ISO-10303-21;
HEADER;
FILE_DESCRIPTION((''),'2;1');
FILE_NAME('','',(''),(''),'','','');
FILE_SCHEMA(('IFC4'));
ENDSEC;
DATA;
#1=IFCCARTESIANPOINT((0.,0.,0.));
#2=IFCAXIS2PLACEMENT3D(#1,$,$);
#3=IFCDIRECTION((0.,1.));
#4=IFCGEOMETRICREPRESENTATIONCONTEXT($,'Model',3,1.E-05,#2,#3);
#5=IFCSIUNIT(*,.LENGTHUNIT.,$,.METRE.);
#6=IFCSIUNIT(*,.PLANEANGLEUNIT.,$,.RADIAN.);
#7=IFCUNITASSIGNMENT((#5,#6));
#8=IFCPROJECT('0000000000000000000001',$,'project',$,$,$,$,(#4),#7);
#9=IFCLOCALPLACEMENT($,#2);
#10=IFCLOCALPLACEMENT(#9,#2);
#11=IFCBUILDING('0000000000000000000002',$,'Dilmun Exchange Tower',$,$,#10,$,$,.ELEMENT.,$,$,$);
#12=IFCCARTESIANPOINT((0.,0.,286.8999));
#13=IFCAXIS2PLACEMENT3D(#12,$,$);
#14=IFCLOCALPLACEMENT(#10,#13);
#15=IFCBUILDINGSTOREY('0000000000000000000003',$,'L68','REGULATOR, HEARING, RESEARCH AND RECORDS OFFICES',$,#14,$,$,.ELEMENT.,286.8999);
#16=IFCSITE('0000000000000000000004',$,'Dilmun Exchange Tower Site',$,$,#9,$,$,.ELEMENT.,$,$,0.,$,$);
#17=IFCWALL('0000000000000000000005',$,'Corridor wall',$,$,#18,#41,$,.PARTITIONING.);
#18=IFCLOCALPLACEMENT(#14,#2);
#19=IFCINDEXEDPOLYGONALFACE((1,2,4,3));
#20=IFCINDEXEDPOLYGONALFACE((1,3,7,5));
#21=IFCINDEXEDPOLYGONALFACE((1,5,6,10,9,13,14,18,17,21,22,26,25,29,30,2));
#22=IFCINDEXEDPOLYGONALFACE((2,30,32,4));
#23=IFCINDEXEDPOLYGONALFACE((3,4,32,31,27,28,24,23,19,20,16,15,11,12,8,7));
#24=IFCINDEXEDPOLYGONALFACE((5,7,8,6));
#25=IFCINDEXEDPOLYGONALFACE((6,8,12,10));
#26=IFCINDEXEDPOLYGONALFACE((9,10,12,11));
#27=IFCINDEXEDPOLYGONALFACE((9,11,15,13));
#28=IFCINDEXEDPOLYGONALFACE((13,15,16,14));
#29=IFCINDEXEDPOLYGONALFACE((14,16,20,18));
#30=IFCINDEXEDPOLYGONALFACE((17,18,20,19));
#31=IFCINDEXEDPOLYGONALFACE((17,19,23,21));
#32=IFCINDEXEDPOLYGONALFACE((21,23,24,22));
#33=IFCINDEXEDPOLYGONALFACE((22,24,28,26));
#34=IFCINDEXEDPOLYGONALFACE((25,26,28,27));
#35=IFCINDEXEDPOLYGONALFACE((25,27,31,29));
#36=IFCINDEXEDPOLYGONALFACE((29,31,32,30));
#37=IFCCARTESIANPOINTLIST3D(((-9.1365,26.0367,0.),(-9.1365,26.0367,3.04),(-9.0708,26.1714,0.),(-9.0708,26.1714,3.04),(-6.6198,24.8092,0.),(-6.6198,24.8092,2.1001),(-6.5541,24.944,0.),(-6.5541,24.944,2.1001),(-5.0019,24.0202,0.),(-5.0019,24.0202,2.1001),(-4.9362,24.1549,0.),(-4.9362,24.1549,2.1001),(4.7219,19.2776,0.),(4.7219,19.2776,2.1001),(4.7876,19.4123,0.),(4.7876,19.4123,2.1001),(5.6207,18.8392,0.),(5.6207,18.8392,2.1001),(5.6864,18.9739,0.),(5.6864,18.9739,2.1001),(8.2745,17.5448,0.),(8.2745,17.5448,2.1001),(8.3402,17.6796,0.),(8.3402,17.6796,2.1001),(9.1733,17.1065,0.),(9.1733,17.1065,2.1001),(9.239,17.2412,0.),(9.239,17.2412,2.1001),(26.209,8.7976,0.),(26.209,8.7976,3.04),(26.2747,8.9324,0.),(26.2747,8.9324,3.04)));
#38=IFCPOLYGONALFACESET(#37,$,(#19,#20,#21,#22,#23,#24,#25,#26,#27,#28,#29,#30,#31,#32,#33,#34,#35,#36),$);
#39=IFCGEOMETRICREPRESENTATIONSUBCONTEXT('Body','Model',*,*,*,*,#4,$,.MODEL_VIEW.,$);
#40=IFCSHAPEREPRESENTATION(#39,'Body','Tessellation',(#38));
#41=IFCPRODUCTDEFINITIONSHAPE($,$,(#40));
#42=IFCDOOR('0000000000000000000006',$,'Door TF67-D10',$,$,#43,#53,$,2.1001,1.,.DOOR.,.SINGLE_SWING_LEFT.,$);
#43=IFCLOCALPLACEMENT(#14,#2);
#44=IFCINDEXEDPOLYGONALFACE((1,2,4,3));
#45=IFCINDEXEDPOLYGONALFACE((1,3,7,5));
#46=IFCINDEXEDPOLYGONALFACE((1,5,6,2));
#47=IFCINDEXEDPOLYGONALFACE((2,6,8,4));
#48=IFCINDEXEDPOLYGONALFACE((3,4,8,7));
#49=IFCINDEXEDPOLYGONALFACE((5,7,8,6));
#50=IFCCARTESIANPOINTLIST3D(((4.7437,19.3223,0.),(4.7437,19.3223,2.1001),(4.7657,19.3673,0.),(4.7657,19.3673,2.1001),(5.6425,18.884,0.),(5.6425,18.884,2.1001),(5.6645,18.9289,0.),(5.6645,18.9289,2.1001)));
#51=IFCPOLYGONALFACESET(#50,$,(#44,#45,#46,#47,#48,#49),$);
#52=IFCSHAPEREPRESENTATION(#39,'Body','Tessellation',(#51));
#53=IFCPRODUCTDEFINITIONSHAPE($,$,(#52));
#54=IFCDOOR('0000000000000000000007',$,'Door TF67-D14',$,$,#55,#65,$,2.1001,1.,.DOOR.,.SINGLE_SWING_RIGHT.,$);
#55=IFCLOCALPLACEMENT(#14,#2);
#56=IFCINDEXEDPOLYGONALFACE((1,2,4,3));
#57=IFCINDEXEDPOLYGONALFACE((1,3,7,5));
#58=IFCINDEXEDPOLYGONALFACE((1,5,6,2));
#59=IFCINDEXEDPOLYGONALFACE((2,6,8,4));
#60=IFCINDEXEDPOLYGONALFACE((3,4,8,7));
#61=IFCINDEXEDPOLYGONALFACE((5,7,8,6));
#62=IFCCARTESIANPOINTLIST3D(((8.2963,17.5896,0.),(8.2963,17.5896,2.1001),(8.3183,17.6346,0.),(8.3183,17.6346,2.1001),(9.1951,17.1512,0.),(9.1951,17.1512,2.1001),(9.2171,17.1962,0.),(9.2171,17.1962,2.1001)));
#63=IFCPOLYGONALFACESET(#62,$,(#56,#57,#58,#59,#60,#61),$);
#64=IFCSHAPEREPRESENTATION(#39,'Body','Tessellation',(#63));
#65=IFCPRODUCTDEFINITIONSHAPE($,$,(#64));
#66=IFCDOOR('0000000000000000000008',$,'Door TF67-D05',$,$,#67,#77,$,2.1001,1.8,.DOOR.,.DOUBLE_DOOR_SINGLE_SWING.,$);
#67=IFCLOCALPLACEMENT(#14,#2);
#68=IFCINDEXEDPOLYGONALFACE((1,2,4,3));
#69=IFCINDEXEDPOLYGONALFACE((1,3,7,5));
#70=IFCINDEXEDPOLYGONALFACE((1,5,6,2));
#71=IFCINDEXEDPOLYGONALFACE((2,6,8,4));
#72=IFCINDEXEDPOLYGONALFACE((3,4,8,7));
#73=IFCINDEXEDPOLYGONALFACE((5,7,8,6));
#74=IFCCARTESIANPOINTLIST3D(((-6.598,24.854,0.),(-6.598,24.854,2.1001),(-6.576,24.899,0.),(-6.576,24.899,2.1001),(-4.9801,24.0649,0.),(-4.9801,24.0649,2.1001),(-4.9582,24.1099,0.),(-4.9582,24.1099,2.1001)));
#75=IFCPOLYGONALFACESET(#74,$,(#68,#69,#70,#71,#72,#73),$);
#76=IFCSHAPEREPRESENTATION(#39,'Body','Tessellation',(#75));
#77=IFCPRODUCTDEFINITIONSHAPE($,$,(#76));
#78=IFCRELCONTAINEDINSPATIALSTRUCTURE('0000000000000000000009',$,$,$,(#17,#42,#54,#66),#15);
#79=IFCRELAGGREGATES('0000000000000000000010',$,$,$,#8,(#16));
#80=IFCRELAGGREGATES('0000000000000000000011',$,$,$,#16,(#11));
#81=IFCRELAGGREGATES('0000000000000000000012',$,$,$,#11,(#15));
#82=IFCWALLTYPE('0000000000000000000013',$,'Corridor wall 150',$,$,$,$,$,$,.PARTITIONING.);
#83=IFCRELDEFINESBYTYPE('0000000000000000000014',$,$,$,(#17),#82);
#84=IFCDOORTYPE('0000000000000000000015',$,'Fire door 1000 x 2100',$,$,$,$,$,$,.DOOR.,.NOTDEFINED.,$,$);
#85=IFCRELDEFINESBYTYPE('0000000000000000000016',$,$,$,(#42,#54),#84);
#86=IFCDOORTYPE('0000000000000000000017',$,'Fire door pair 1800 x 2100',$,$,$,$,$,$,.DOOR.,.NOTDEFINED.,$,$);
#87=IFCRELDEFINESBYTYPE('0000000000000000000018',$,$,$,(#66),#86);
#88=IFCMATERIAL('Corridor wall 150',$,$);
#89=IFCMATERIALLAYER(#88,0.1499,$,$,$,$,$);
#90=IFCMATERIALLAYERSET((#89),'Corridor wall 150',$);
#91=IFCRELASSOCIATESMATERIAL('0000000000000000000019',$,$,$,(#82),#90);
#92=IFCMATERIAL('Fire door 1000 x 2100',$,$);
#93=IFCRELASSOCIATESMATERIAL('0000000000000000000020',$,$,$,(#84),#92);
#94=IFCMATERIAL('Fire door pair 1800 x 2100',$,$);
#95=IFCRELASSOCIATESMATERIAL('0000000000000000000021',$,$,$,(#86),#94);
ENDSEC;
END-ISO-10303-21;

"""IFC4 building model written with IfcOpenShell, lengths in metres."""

from ifc_helpers import new_model, si_unit, direction, frame, frame_2d, origin, place, context, subcontext, project, spatial, rectangle, extrude, material, layer, layer_set, type_object, element, fill, save


model = new_model("IFC4")

# Units and contexts
model_context = context("Model", 3, precision=1e-05, world=origin(), true_north=direction((0.0, 1.0)))
body_context = subcontext(model_context, "Body", "Model", "MODEL_VIEW")
ifc_project = project(units=[si_unit("LENGTHUNIT", "METRE"), si_unit("PLANEANGLEUNIT", "RADIAN")], contexts=[model_context])

# Site, building, storey
site_placement = place(None, origin())
site = spatial("IfcSite", under=ifc_project, at=site_placement, Name="Dilmun Exchange Tower Site", CompositionType="ELEMENT", RefElevation=0.0)
building_placement = place(site_placement, origin())
building = spatial("IfcBuilding", under=site, at=building_placement, Name="Dilmun Exchange Tower", CompositionType="ELEMENT")
storey_placement = place(building_placement, frame((0.0, 0.0, 286.8999)))
storey = spatial("IfcBuildingStorey", under=building, at=storey_placement, Name="L68", Description="REGULATOR, HEARING, RESEARCH AND RECORDS OFFICES", CompositionType="ELEMENT", Elevation=286.8999)

# Wall, openings, doors
ifc_material_1 = material(Name="Corridor wall 150")
ifc_layer_1 = layer(ifc_material_1, 0.1499)
ifc_layer_set_1 = layer_set([ifc_layer_1], Name="Corridor wall 150")
wall_type = type_object("IfcWallType", Name="Corridor wall 150", PredefinedType="PARTITIONING", material=ifc_layer_set_1)
wall_placement = place(storey_placement, frame((-9.1035, 26.104, 0.0), z_axis=(0.0, 0.0, 1.0), x_axis=(0.898795, -0.438369, 0.0)))
wall = element("IfcWall", 1, at=wall_placement, inside=storey, type_object=wall_type, Name="Corridor wall", PredefinedType="PARTITIONING", context=body_context, shape_type="SweptSolid", body=[
    extrude(rectangle(XDim=39.3254, YDim=0.1499, at=frame_2d((19.6626, 0.0))), origin(), (0.0, 0.0, 1.0), 3.04),
])
opening_1_placement = place(wall_placement, frame((2.8, 0.0, 0.0)))
opening_1 = element("IfcOpeningElement", 2, at=opening_1_placement, cuts=wall, PredefinedType="OPENING", context=body_context, shape_type="SweptSolid", body=[
    extrude(rectangle(XDim=1.8, YDim=2.1001, at=frame_2d((0.8999, 1.05))), frame((0.0, 0.085, 0.0), z_axis=(0.0, -1.0, 0.0), x_axis=(1.0, 0.0, 0.0)), (0.0, 0.0, 1.0), 0.1699),
])
opening_2_placement = place(wall_placement, frame((15.4187, 0.0, 0.0)))
opening_2 = element("IfcOpeningElement", 3, at=opening_2_placement, cuts=wall, PredefinedType="OPENING", context=body_context, shape_type="SweptSolid", body=[
    extrude(rectangle(XDim=1.0, YDim=2.1001, at=frame_2d((0.5, 1.05))), frame((0.0, 0.085, 0.0), z_axis=(0.0, -1.0, 0.0), x_axis=(1.0, 0.0, 0.0)), (0.0, 0.0, 1.0), 0.1699),
])
opening_3_placement = place(wall_placement, frame((19.3713, 0.0, 0.0)))
opening_3 = element("IfcOpeningElement", 4, at=opening_3_placement, cuts=wall, PredefinedType="OPENING", context=body_context, shape_type="SweptSolid", body=[
    extrude(rectangle(XDim=1.0, YDim=2.1001, at=frame_2d((0.5, 1.05))), frame((0.0, 0.085, 0.0), z_axis=(0.0, -1.0, 0.0), x_axis=(1.0, 0.0, 0.0)), (0.0, 0.0, 1.0), 0.1699),
])
ifc_material_2 = material(Name="Fire door 1000 x 2100")
door_type_1 = type_object("IfcDoorType", Name="Fire door 1000 x 2100", OperationType="NOTDEFINED", PredefinedType="DOOR", material=ifc_material_2)
door_1_placement = place(opening_2_placement, origin())
door_1 = element("IfcDoor", 5, at=door_1_placement, inside=storey, type_object=door_type_1, Name="Door TF67-D10", OperationType="SINGLE_SWING_LEFT", OverallHeight=2.1001, OverallWidth=1.0, PredefinedType="DOOR", context=body_context, shape_type="SweptSolid", body=[
    extrude(rectangle(XDim=1.0, YDim=2.1001, at=frame_2d((0.5, 1.05))), frame((0.0, 0.0249, 0.0), z_axis=(0.0, -1.0, 0.0), x_axis=(1.0, 0.0, 0.0)), (0.0, 0.0, 1.0), 0.05),
])
fill(opening_2, door_1)
door_2_placement = place(opening_3_placement, origin())
door_2 = element("IfcDoor", 6, at=door_2_placement, inside=storey, type_object=door_type_1, Name="Door TF67-D14", OperationType="SINGLE_SWING_RIGHT", OverallHeight=2.1001, OverallWidth=1.0, PredefinedType="DOOR", context=body_context, shape_type="SweptSolid", body=[
    extrude(rectangle(XDim=1.0, YDim=2.1001, at=frame_2d((0.5, 1.05))), frame((0.0, 0.0249, 0.0), z_axis=(0.0, -1.0, 0.0), x_axis=(1.0, 0.0, 0.0)), (0.0, 0.0, 1.0), 0.05),
])
fill(opening_3, door_2)
ifc_material_3 = material(Name="Fire door pair 1800 x 2100")
door_type_2 = type_object("IfcDoorType", Name="Fire door pair 1800 x 2100", OperationType="NOTDEFINED", PredefinedType="DOOR", material=ifc_material_3)
door_3_placement = place(opening_1_placement, origin())
door_3 = element("IfcDoor", 7, at=door_3_placement, inside=storey, type_object=door_type_2, Name="Door TF67-D05", OperationType="DOUBLE_DOOR_SINGLE_SWING", OverallHeight=2.1001, OverallWidth=1.8, PredefinedType="DOOR", context=body_context, shape_type="SweptSolid", body=[
    extrude(rectangle(XDim=1.8, YDim=2.1001, at=frame_2d((0.8999, 1.05))), frame((0.0, 0.0249, 0.0), z_axis=(0.0, -1.0, 0.0), x_axis=(1.0, 0.0, 0.0)), (0.0, 0.0, 1.0), 0.05),
])
fill(opening_1, door_3)

save(model, "model.ifc")
